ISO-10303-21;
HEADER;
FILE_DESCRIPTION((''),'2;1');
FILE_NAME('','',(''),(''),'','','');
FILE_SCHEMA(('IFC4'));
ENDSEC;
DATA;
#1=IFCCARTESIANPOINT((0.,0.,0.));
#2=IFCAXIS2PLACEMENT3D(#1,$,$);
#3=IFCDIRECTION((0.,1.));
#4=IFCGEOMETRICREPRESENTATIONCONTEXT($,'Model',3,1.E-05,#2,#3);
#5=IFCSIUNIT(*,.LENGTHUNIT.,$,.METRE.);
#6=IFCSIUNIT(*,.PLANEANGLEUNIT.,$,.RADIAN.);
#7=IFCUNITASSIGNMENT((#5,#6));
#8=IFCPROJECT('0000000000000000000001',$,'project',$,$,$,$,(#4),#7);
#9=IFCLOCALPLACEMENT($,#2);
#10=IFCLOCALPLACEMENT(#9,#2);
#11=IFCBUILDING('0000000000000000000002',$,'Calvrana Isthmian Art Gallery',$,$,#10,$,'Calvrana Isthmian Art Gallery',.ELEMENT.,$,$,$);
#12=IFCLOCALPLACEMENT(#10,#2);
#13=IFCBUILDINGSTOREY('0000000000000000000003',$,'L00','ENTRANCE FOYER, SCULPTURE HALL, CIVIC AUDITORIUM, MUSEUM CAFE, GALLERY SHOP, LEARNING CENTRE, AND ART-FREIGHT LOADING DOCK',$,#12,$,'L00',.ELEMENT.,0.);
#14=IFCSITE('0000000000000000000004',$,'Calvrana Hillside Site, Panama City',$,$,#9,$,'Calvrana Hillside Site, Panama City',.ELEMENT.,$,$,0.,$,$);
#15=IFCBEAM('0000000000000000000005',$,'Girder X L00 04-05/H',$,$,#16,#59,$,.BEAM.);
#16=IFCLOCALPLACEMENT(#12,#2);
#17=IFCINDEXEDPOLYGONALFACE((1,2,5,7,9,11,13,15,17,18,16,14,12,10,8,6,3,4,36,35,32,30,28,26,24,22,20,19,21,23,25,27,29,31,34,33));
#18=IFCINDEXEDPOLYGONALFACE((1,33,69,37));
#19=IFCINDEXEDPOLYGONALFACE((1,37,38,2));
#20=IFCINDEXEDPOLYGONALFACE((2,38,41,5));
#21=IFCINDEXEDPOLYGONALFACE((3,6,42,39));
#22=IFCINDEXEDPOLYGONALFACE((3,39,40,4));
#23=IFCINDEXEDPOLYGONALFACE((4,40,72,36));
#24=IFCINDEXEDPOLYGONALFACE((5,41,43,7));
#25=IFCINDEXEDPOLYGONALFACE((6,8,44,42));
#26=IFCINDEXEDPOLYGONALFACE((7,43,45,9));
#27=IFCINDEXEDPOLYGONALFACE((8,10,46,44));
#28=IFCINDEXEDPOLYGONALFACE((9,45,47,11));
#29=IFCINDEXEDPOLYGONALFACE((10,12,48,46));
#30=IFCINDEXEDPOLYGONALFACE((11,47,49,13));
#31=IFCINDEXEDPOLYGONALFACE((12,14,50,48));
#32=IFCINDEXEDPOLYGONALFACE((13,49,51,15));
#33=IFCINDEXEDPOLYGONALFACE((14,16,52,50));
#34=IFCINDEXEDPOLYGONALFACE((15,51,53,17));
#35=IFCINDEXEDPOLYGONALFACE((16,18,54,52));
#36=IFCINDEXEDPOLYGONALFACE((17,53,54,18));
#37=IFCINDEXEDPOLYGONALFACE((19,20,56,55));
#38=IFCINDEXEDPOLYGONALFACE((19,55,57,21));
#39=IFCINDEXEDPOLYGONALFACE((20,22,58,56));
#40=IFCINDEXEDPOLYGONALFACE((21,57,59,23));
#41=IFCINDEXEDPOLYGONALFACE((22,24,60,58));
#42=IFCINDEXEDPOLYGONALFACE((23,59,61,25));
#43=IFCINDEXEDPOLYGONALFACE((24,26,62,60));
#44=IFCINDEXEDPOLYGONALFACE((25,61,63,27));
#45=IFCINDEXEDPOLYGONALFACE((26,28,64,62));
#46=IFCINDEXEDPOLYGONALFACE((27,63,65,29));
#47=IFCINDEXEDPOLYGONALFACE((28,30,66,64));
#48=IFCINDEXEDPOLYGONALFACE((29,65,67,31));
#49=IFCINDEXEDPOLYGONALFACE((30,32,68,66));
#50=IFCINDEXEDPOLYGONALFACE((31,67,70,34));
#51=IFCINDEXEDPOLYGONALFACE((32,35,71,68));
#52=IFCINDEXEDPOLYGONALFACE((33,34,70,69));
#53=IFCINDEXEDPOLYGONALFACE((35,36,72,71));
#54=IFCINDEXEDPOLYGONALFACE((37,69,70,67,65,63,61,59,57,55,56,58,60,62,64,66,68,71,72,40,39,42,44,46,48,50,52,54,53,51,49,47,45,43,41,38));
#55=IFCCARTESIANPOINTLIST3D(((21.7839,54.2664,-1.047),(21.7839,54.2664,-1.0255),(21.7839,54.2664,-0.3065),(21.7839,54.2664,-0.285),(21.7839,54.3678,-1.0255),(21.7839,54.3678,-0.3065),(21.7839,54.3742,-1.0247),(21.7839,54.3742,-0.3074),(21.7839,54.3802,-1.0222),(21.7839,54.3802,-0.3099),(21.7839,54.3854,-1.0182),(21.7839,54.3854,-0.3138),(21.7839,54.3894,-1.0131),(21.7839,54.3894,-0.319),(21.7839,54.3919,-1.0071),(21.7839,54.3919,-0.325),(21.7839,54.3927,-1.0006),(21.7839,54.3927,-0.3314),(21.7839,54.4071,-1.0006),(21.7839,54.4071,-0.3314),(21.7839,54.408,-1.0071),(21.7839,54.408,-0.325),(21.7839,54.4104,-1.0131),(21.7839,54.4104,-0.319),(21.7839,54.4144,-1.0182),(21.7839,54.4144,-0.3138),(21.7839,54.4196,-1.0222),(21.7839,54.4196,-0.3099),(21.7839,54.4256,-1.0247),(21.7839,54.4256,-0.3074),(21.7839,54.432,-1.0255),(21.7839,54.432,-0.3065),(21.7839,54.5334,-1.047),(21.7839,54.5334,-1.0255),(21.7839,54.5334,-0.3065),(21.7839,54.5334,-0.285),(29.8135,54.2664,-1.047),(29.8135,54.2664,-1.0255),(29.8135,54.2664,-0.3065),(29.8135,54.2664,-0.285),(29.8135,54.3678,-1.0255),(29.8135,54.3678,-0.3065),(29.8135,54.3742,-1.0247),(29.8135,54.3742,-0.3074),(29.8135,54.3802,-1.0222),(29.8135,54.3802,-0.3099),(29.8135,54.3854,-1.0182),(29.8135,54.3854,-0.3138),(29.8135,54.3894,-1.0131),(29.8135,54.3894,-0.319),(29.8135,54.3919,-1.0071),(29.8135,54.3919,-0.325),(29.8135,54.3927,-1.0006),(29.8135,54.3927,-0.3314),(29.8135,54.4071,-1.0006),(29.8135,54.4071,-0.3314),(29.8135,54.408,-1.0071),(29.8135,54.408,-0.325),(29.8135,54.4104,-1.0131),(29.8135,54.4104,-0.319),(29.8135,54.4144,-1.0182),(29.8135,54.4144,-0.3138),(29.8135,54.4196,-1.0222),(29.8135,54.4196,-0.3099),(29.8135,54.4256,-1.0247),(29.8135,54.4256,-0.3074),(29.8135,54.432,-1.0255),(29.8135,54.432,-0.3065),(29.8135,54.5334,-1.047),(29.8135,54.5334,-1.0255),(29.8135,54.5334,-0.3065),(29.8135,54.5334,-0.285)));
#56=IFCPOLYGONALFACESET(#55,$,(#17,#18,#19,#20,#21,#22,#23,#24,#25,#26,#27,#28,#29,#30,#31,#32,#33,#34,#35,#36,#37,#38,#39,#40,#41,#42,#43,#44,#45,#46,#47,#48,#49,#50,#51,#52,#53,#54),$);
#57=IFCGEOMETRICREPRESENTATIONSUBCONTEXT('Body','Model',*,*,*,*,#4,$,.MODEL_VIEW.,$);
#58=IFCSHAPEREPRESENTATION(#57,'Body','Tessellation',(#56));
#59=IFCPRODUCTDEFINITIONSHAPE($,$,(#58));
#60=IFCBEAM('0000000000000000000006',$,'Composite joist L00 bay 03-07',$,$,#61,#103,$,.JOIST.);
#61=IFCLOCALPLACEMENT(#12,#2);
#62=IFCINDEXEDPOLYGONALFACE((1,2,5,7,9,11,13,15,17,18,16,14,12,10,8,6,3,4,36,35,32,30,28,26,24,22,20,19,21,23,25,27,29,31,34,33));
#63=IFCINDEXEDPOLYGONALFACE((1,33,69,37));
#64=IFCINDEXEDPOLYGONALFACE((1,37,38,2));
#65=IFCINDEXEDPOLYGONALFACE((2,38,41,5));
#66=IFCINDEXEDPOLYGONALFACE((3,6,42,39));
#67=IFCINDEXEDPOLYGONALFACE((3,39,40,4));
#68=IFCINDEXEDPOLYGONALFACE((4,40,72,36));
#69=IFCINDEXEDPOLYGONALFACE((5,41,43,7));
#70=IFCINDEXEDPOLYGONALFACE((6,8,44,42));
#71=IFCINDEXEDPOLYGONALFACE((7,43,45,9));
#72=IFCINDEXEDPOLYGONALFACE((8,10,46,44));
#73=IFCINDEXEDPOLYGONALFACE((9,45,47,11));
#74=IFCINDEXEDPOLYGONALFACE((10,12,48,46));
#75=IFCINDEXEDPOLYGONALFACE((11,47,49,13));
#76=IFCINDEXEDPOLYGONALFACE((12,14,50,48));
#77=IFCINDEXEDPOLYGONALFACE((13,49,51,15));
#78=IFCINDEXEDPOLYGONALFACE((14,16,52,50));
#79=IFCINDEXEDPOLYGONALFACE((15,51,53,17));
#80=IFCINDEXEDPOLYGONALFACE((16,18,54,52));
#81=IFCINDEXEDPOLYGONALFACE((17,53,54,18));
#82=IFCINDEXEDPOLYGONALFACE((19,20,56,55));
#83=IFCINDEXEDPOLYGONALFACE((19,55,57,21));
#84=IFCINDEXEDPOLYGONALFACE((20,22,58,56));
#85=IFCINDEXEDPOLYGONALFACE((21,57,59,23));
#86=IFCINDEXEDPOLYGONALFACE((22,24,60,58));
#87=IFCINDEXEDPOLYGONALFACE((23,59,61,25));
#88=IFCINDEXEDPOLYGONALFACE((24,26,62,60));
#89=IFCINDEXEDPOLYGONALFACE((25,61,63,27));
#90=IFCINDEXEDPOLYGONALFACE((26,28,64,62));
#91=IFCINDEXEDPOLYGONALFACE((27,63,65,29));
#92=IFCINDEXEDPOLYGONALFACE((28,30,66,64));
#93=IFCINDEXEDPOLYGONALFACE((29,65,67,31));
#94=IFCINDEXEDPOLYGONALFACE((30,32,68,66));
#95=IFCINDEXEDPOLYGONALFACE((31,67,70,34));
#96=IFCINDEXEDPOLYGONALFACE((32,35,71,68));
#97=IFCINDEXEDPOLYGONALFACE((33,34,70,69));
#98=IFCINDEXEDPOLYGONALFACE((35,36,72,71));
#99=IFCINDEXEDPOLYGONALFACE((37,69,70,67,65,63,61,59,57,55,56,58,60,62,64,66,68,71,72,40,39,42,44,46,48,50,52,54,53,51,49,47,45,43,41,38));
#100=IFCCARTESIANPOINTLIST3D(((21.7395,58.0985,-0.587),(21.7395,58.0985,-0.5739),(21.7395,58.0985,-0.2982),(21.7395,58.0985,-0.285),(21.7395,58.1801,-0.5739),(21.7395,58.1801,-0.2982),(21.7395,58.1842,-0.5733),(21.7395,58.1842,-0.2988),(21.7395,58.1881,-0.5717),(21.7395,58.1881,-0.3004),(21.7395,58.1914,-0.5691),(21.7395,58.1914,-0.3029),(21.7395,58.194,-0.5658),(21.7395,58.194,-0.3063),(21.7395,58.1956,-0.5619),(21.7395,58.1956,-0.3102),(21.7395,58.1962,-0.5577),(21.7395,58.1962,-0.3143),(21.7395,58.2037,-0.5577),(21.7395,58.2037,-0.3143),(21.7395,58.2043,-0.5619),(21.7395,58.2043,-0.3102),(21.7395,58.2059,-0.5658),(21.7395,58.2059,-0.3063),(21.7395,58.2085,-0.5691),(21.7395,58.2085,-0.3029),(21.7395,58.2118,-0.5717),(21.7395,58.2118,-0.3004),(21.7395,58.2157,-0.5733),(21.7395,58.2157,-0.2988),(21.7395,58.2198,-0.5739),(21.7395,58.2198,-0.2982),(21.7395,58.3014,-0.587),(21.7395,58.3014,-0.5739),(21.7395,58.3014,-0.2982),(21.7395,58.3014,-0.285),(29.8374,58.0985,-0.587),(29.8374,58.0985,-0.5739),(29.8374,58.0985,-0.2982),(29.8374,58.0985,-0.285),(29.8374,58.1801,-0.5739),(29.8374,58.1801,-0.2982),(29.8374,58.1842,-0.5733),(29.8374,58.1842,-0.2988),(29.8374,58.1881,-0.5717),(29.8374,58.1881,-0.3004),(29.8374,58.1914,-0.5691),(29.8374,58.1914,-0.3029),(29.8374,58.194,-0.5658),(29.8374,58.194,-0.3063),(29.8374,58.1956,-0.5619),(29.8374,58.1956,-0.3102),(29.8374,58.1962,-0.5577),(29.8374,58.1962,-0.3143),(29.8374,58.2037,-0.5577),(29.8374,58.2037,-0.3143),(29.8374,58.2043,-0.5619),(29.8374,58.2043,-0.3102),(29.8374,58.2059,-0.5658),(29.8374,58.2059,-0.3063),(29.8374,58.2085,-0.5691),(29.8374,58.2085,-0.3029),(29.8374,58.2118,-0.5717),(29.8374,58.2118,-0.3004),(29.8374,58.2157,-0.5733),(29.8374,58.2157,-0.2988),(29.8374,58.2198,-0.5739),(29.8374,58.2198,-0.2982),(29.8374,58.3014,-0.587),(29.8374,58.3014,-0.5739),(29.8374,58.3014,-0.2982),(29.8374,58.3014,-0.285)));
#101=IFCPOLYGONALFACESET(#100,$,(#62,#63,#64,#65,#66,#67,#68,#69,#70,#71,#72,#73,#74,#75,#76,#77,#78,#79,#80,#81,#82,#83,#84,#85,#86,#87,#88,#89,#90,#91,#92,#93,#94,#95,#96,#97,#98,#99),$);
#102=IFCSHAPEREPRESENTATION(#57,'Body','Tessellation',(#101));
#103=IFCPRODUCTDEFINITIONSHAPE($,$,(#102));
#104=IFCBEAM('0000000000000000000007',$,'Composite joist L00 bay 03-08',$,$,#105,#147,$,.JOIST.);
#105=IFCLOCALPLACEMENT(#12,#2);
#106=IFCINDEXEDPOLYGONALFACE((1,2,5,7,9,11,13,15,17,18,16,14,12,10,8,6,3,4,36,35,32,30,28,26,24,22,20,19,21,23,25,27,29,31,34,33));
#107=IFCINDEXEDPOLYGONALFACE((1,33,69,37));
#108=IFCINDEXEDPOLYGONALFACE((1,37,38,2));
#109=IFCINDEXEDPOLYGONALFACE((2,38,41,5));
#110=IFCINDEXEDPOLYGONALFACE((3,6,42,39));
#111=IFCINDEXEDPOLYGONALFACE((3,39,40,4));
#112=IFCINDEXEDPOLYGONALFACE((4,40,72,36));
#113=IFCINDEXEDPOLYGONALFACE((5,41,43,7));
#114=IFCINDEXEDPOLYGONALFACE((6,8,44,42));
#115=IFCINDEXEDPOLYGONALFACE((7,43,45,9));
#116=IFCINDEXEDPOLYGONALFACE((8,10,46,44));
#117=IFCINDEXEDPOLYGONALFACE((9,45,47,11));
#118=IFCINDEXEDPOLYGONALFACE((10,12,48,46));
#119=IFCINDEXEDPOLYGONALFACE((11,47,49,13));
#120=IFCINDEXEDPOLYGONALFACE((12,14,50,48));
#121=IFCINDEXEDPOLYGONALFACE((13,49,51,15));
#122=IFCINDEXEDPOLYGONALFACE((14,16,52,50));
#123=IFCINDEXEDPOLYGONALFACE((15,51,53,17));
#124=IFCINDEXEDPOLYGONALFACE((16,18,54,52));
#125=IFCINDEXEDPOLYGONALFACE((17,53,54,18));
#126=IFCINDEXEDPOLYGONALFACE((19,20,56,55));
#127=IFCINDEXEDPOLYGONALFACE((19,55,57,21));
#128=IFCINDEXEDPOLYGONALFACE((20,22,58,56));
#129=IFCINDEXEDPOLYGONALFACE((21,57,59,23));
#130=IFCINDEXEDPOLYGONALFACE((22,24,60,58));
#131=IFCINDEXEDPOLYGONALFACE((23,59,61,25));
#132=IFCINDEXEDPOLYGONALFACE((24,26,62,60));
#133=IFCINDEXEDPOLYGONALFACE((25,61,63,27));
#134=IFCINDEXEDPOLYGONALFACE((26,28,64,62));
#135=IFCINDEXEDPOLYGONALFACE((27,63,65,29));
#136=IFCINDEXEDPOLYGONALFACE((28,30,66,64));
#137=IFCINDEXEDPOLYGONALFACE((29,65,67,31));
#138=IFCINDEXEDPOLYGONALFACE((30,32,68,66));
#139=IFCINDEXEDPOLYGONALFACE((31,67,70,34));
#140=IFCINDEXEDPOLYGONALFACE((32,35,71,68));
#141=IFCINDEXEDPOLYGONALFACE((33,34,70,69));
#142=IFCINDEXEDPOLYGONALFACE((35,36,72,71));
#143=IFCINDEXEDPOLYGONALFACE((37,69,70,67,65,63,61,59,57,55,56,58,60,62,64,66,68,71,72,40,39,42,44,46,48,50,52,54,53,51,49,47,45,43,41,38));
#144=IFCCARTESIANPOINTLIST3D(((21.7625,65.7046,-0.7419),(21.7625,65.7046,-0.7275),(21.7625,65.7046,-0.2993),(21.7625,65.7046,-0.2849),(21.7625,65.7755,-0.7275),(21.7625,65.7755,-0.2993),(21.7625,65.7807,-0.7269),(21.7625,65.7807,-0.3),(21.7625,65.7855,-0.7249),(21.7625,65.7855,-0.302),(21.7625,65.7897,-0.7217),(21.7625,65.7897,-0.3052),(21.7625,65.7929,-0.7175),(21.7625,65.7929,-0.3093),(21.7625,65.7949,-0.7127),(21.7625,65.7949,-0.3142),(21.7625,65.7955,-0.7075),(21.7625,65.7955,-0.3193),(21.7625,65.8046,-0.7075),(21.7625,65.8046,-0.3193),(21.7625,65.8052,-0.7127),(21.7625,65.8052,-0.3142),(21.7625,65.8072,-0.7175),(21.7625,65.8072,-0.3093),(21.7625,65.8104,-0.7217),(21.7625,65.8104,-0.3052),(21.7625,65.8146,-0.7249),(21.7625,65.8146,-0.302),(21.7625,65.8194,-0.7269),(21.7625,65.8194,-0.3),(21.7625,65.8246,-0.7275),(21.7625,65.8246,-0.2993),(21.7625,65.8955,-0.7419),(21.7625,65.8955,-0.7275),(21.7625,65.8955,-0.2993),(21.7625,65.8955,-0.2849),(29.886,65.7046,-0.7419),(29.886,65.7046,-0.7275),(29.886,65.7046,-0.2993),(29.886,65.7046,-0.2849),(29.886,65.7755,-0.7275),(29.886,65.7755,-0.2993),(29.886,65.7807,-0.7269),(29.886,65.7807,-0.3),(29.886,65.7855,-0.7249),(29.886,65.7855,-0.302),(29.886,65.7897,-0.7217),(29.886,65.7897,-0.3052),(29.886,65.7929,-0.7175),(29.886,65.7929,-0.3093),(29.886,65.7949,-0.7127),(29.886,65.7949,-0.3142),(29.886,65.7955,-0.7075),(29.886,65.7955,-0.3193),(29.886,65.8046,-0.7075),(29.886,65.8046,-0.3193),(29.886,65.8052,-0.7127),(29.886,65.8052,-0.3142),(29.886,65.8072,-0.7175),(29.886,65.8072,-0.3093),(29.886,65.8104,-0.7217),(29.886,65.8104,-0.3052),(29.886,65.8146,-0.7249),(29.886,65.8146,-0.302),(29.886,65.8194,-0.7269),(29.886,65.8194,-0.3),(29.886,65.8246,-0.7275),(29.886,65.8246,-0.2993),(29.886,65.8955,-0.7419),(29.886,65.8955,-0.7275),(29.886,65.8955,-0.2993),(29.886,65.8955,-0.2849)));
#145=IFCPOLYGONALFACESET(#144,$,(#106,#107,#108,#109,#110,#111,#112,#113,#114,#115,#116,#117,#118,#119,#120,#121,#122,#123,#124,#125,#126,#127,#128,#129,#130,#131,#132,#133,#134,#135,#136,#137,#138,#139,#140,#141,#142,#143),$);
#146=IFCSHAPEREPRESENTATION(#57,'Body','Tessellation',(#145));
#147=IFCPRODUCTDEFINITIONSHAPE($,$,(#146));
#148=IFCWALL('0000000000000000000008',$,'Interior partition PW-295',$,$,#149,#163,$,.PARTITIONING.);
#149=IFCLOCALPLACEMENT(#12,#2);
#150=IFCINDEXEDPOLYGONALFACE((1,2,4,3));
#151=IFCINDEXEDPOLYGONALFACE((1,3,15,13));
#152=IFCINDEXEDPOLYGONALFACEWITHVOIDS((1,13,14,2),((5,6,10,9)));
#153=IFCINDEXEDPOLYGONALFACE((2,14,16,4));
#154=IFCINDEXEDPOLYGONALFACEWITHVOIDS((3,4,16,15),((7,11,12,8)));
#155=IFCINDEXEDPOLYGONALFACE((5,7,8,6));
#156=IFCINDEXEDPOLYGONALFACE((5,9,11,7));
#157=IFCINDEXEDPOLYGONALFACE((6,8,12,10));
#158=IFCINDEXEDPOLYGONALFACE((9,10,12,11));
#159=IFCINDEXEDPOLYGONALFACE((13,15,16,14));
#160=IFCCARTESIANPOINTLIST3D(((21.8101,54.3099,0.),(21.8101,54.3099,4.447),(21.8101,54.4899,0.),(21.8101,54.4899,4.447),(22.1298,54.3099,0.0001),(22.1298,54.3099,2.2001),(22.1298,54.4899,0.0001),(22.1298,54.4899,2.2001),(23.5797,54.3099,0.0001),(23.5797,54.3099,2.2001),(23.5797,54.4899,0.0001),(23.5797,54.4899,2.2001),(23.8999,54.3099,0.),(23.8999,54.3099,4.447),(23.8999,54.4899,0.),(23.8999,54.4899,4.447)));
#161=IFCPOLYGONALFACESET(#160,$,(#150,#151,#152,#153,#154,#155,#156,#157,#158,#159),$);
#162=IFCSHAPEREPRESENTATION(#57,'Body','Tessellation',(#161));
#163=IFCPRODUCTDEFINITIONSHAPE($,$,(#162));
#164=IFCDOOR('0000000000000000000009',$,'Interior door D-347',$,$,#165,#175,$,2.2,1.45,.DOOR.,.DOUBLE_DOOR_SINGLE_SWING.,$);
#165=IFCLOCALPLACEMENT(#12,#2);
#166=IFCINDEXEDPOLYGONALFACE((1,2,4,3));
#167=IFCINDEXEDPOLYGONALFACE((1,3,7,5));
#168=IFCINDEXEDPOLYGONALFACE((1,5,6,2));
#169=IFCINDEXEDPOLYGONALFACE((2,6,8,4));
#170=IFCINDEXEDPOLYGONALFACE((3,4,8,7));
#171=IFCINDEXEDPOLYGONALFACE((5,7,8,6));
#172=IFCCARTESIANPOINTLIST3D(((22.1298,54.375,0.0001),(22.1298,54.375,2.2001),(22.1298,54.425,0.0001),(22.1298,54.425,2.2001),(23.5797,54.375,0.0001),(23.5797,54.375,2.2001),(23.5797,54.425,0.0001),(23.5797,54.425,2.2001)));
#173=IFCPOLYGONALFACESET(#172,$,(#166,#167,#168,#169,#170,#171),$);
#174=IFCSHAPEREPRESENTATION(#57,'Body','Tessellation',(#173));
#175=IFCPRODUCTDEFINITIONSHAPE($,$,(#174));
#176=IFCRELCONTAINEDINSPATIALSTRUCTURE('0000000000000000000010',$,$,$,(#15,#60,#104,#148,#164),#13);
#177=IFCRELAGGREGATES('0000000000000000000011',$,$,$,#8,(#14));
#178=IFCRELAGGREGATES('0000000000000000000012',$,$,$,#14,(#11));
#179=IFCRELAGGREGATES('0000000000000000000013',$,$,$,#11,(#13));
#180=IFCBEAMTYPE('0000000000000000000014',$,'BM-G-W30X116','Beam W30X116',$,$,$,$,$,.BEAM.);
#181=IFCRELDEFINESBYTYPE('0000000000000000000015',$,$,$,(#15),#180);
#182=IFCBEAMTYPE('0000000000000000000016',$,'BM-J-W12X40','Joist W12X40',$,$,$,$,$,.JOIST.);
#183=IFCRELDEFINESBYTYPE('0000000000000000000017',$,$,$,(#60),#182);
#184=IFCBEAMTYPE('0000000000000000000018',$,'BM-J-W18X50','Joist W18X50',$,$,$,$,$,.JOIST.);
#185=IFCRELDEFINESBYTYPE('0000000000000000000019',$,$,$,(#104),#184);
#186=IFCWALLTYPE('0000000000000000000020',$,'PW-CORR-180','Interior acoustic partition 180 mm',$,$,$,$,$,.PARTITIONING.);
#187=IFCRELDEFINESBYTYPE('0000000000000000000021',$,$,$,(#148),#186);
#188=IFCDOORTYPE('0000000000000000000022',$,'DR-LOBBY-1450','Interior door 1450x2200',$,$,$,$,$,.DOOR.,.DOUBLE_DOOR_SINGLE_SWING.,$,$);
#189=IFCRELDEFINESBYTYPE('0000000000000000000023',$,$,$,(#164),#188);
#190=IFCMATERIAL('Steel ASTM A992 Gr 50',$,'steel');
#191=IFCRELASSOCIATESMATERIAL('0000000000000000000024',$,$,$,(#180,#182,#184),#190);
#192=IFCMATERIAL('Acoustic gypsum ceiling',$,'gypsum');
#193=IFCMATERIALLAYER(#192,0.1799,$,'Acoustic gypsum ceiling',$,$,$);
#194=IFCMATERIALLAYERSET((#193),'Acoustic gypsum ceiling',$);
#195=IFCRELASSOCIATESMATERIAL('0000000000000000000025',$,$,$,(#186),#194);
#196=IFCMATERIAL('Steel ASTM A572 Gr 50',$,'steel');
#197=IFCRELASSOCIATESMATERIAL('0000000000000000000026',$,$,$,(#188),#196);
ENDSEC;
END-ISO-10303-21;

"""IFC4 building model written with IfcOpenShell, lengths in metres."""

from ifc_helpers import new_model, si_unit, direction, frame, frame_2d, origin, origin_2d, place, context, subcontext, project, spatial, rectangle, i_section, extrude, material, layer, layer_set, material_profile, profile_set, type_object, element, fill, save


model = new_model("IFC4")

# Units and contexts
model_context = context("Model", 3, precision=1e-05, world=origin(), true_north=direction((0.0, 1.0)))
body_context = subcontext(model_context, "Body", "Model", "MODEL_VIEW")
ifc_project = project(units=[si_unit("LENGTHUNIT", "METRE"), si_unit("PLANEANGLEUNIT", "RADIAN")], contexts=[model_context])

# Site, building, storey
site_placement = place(None, origin())
site = spatial("IfcSite", under=ifc_project, at=site_placement, Name="Calvrana Hillside Site, Panama City", LongName="Calvrana Hillside Site, Panama City", CompositionType="ELEMENT", RefElevation=0.0)
building_placement = place(site_placement, origin())
building = spatial("IfcBuilding", under=site, at=building_placement, Name="Calvrana Isthmian Art Gallery", LongName="Calvrana Isthmian Art Gallery", CompositionType="ELEMENT")
storey_placement = place(building_placement, origin())
storey = spatial("IfcBuildingStorey", under=building, at=storey_placement, Name="L00", Description="ENTRANCE FOYER, SCULPTURE HALL, CIVIC AUDITORIUM, MUSEUM CAFE, GALLERY SHOP, LEARNING CENTRE, AND ART-FREIGHT LOADING DOCK", LongName="L00", CompositionType="ELEMENT", Elevation=0.0)

# Shared definitions
ifc_material_1 = material(Name="Steel ASTM A992 Gr 50", Category="steel")

# Beams
ifc_material_profile_1 = material_profile(ifc_material_1, i_section(OverallWidth=0.2671, OverallDepth=0.762, WebThickness=0.0144, FlangeThickness=0.0215, FilletRadius=0.0249, at=origin_2d()), Name="W30X116")
ifc_profile_set_1 = profile_set([ifc_material_profile_1], Name="Steel ASTM A992 Gr 50")
beam_type_1 = type_object("IfcBeamType", Name="BM-G-W30X116", Description="Beam W30X116", PredefinedType="BEAM", material=ifc_profile_set_1)
beam_1_placement = place(storey_placement, frame((21.7839, 54.3999, -0.666), z_axis=(1.0, 0.0, 0.0), x_axis=(0.0, 1.0, 0.0)))
element("IfcBeam", 1, at=beam_1_placement, inside=storey, type_object=beam_type_1, Name="Girder X L00 04-05/H", PredefinedType="BEAM", context=body_context, shape_type="SweptSolid", body=[
    extrude(i_section(OverallWidth=0.2671, OverallDepth=0.762, WebThickness=0.0144, FlangeThickness=0.0215, FilletRadius=0.0249, at=origin_2d()), origin(), (0.0, 0.0, 1.0), 8.0295),
])
ifc_material_profile_2 = material_profile(ifc_material_1, i_section(OverallWidth=0.2029, OverallDepth=0.302, WebThickness=0.0076, FlangeThickness=0.0132, FilletRadius=0.0161, at=origin_2d()), Name="W12X40")
ifc_profile_set_2 = profile_set([ifc_material_profile_2], Name="Steel ASTM A992 Gr 50")
beam_type_2 = type_object("IfcBeamType", Name="BM-J-W12X40", Description="Joist W12X40", PredefinedType="JOIST", material=ifc_profile_set_2)
beam_2_placement = place(storey_placement, frame((21.7395, 58.2, -0.436), z_axis=(1.0, 0.0, 0.0), x_axis=(0.0, 1.0, 0.0)))
element("IfcBeam", 2, at=beam_2_placement, inside=storey, type_object=beam_type_2, Name="Composite joist L00 bay 03-07", PredefinedType="JOIST", context=body_context, shape_type="SweptSolid", body=[
    extrude(i_section(OverallWidth=0.2029, OverallDepth=0.302, WebThickness=0.0076, FlangeThickness=0.0132, FilletRadius=0.0161, at=origin_2d()), origin(), (0.0, 0.0, 1.0), 8.0979),
])
ifc_material_profile_3 = material_profile(ifc_material_1, i_section(OverallWidth=0.1909, OverallDepth=0.457, WebThickness=0.009, FlangeThickness=0.0144, FilletRadius=0.02, at=origin_2d()), Name="W18X50")
ifc_profile_set_3 = profile_set([ifc_material_profile_3], Name="Steel ASTM A992 Gr 50")
beam_type_3 = type_object("IfcBeamType", Name="BM-J-W18X50", Description="Joist W18X50", PredefinedType="JOIST", material=ifc_profile_set_3)
beam_3_placement = place(storey_placement, frame((21.7625, 65.8, -0.5134), z_axis=(1.0, 0.0, 0.0), x_axis=(0.0, 1.0, 0.0)))
element("IfcBeam", 3, at=beam_3_placement, inside=storey, type_object=beam_type_3, Name="Composite joist L00 bay 03-08", PredefinedType="JOIST", context=body_context, shape_type="SweptSolid", body=[
    extrude(i_section(OverallWidth=0.1909, OverallDepth=0.457, WebThickness=0.009, FlangeThickness=0.0144, FilletRadius=0.02, at=origin_2d()), origin(), (0.0, 0.0, 1.0), 8.1235),
])

# Wall, opening, door
ifc_material_2 = material(Name="Acoustic gypsum ceiling", Category="gypsum")
ifc_layer_1 = layer(ifc_material_2, 0.1799, Name="Acoustic gypsum ceiling")
ifc_layer_set_1 = layer_set([ifc_layer_1], Name="Acoustic gypsum ceiling")
wall_type_1 = type_object("IfcWallType", Name="PW-CORR-180", Description="Interior acoustic partition 180 mm", PredefinedType="PARTITIONING", material=ifc_layer_set_1)
wall_1_placement = place(storey_placement, frame((23.8999, 54.3999, 0.0), z_axis=(0.0, 0.0, 1.0), x_axis=(-1.0, 0.0, 0.0)))
wall_1 = element("IfcWall", 4, at=wall_1_placement, inside=storey, type_object=wall_type_1, Name="Interior partition PW-295", PredefinedType="PARTITIONING", context=body_context, shape_type="SweptSolid", body=[
    extrude(rectangle(XDim=2.0898, YDim=0.1799, at=frame_2d((1.0449, 0.0))), origin(), (0.0, 0.0, 1.0), 4.447),
])
opening_1_placement = place(wall_1_placement, frame((0.3201, 0.0, 0.0)))
opening_1 = element("IfcOpeningElement", 5, at=opening_1_placement, cuts=wall_1, PredefinedType="OPENING", context=body_context, shape_type="SweptSolid", body=[
    extrude(rectangle(XDim=1.45, YDim=2.2, at=frame_2d((0.7251, 1.1001))), frame((0.0, 0.1001, 0.0), z_axis=(0.0, -1.0, 0.0), x_axis=(1.0, 0.0, 0.0)), (0.0, 0.0, 1.0), 0.2004),
])
ifc_material_3 = material(Name="Steel ASTM A572 Gr 50", Category="steel")
door_type_1 = type_object("IfcDoorType", Name="DR-LOBBY-1450", Description="Interior door 1450x2200", OperationType="DOUBLE_DOOR_SINGLE_SWING", PredefinedType="DOOR", material=ifc_material_3)
door_1_placement = place(opening_1_placement, origin())
door_1 = element("IfcDoor", 6, at=door_1_placement, inside=storey, type_object=door_type_1, Name="Interior door D-347", OperationType="DOUBLE_DOOR_SINGLE_SWING", OverallHeight=2.2, OverallWidth=1.45, PredefinedType="DOOR", context=body_context, shape_type="SweptSolid", body=[
    extrude(rectangle(XDim=1.45, YDim=2.2, at=frame_2d((0.7251, 1.1001))), frame((0.0, 0.0249, 0.0), z_axis=(0.0, -1.0, 0.0), x_axis=(1.0, 0.0, 0.0)), (0.0, 0.0, 1.0), 0.05),
])
fill(opening_1, door_1)

save(model, "model.ifc")
